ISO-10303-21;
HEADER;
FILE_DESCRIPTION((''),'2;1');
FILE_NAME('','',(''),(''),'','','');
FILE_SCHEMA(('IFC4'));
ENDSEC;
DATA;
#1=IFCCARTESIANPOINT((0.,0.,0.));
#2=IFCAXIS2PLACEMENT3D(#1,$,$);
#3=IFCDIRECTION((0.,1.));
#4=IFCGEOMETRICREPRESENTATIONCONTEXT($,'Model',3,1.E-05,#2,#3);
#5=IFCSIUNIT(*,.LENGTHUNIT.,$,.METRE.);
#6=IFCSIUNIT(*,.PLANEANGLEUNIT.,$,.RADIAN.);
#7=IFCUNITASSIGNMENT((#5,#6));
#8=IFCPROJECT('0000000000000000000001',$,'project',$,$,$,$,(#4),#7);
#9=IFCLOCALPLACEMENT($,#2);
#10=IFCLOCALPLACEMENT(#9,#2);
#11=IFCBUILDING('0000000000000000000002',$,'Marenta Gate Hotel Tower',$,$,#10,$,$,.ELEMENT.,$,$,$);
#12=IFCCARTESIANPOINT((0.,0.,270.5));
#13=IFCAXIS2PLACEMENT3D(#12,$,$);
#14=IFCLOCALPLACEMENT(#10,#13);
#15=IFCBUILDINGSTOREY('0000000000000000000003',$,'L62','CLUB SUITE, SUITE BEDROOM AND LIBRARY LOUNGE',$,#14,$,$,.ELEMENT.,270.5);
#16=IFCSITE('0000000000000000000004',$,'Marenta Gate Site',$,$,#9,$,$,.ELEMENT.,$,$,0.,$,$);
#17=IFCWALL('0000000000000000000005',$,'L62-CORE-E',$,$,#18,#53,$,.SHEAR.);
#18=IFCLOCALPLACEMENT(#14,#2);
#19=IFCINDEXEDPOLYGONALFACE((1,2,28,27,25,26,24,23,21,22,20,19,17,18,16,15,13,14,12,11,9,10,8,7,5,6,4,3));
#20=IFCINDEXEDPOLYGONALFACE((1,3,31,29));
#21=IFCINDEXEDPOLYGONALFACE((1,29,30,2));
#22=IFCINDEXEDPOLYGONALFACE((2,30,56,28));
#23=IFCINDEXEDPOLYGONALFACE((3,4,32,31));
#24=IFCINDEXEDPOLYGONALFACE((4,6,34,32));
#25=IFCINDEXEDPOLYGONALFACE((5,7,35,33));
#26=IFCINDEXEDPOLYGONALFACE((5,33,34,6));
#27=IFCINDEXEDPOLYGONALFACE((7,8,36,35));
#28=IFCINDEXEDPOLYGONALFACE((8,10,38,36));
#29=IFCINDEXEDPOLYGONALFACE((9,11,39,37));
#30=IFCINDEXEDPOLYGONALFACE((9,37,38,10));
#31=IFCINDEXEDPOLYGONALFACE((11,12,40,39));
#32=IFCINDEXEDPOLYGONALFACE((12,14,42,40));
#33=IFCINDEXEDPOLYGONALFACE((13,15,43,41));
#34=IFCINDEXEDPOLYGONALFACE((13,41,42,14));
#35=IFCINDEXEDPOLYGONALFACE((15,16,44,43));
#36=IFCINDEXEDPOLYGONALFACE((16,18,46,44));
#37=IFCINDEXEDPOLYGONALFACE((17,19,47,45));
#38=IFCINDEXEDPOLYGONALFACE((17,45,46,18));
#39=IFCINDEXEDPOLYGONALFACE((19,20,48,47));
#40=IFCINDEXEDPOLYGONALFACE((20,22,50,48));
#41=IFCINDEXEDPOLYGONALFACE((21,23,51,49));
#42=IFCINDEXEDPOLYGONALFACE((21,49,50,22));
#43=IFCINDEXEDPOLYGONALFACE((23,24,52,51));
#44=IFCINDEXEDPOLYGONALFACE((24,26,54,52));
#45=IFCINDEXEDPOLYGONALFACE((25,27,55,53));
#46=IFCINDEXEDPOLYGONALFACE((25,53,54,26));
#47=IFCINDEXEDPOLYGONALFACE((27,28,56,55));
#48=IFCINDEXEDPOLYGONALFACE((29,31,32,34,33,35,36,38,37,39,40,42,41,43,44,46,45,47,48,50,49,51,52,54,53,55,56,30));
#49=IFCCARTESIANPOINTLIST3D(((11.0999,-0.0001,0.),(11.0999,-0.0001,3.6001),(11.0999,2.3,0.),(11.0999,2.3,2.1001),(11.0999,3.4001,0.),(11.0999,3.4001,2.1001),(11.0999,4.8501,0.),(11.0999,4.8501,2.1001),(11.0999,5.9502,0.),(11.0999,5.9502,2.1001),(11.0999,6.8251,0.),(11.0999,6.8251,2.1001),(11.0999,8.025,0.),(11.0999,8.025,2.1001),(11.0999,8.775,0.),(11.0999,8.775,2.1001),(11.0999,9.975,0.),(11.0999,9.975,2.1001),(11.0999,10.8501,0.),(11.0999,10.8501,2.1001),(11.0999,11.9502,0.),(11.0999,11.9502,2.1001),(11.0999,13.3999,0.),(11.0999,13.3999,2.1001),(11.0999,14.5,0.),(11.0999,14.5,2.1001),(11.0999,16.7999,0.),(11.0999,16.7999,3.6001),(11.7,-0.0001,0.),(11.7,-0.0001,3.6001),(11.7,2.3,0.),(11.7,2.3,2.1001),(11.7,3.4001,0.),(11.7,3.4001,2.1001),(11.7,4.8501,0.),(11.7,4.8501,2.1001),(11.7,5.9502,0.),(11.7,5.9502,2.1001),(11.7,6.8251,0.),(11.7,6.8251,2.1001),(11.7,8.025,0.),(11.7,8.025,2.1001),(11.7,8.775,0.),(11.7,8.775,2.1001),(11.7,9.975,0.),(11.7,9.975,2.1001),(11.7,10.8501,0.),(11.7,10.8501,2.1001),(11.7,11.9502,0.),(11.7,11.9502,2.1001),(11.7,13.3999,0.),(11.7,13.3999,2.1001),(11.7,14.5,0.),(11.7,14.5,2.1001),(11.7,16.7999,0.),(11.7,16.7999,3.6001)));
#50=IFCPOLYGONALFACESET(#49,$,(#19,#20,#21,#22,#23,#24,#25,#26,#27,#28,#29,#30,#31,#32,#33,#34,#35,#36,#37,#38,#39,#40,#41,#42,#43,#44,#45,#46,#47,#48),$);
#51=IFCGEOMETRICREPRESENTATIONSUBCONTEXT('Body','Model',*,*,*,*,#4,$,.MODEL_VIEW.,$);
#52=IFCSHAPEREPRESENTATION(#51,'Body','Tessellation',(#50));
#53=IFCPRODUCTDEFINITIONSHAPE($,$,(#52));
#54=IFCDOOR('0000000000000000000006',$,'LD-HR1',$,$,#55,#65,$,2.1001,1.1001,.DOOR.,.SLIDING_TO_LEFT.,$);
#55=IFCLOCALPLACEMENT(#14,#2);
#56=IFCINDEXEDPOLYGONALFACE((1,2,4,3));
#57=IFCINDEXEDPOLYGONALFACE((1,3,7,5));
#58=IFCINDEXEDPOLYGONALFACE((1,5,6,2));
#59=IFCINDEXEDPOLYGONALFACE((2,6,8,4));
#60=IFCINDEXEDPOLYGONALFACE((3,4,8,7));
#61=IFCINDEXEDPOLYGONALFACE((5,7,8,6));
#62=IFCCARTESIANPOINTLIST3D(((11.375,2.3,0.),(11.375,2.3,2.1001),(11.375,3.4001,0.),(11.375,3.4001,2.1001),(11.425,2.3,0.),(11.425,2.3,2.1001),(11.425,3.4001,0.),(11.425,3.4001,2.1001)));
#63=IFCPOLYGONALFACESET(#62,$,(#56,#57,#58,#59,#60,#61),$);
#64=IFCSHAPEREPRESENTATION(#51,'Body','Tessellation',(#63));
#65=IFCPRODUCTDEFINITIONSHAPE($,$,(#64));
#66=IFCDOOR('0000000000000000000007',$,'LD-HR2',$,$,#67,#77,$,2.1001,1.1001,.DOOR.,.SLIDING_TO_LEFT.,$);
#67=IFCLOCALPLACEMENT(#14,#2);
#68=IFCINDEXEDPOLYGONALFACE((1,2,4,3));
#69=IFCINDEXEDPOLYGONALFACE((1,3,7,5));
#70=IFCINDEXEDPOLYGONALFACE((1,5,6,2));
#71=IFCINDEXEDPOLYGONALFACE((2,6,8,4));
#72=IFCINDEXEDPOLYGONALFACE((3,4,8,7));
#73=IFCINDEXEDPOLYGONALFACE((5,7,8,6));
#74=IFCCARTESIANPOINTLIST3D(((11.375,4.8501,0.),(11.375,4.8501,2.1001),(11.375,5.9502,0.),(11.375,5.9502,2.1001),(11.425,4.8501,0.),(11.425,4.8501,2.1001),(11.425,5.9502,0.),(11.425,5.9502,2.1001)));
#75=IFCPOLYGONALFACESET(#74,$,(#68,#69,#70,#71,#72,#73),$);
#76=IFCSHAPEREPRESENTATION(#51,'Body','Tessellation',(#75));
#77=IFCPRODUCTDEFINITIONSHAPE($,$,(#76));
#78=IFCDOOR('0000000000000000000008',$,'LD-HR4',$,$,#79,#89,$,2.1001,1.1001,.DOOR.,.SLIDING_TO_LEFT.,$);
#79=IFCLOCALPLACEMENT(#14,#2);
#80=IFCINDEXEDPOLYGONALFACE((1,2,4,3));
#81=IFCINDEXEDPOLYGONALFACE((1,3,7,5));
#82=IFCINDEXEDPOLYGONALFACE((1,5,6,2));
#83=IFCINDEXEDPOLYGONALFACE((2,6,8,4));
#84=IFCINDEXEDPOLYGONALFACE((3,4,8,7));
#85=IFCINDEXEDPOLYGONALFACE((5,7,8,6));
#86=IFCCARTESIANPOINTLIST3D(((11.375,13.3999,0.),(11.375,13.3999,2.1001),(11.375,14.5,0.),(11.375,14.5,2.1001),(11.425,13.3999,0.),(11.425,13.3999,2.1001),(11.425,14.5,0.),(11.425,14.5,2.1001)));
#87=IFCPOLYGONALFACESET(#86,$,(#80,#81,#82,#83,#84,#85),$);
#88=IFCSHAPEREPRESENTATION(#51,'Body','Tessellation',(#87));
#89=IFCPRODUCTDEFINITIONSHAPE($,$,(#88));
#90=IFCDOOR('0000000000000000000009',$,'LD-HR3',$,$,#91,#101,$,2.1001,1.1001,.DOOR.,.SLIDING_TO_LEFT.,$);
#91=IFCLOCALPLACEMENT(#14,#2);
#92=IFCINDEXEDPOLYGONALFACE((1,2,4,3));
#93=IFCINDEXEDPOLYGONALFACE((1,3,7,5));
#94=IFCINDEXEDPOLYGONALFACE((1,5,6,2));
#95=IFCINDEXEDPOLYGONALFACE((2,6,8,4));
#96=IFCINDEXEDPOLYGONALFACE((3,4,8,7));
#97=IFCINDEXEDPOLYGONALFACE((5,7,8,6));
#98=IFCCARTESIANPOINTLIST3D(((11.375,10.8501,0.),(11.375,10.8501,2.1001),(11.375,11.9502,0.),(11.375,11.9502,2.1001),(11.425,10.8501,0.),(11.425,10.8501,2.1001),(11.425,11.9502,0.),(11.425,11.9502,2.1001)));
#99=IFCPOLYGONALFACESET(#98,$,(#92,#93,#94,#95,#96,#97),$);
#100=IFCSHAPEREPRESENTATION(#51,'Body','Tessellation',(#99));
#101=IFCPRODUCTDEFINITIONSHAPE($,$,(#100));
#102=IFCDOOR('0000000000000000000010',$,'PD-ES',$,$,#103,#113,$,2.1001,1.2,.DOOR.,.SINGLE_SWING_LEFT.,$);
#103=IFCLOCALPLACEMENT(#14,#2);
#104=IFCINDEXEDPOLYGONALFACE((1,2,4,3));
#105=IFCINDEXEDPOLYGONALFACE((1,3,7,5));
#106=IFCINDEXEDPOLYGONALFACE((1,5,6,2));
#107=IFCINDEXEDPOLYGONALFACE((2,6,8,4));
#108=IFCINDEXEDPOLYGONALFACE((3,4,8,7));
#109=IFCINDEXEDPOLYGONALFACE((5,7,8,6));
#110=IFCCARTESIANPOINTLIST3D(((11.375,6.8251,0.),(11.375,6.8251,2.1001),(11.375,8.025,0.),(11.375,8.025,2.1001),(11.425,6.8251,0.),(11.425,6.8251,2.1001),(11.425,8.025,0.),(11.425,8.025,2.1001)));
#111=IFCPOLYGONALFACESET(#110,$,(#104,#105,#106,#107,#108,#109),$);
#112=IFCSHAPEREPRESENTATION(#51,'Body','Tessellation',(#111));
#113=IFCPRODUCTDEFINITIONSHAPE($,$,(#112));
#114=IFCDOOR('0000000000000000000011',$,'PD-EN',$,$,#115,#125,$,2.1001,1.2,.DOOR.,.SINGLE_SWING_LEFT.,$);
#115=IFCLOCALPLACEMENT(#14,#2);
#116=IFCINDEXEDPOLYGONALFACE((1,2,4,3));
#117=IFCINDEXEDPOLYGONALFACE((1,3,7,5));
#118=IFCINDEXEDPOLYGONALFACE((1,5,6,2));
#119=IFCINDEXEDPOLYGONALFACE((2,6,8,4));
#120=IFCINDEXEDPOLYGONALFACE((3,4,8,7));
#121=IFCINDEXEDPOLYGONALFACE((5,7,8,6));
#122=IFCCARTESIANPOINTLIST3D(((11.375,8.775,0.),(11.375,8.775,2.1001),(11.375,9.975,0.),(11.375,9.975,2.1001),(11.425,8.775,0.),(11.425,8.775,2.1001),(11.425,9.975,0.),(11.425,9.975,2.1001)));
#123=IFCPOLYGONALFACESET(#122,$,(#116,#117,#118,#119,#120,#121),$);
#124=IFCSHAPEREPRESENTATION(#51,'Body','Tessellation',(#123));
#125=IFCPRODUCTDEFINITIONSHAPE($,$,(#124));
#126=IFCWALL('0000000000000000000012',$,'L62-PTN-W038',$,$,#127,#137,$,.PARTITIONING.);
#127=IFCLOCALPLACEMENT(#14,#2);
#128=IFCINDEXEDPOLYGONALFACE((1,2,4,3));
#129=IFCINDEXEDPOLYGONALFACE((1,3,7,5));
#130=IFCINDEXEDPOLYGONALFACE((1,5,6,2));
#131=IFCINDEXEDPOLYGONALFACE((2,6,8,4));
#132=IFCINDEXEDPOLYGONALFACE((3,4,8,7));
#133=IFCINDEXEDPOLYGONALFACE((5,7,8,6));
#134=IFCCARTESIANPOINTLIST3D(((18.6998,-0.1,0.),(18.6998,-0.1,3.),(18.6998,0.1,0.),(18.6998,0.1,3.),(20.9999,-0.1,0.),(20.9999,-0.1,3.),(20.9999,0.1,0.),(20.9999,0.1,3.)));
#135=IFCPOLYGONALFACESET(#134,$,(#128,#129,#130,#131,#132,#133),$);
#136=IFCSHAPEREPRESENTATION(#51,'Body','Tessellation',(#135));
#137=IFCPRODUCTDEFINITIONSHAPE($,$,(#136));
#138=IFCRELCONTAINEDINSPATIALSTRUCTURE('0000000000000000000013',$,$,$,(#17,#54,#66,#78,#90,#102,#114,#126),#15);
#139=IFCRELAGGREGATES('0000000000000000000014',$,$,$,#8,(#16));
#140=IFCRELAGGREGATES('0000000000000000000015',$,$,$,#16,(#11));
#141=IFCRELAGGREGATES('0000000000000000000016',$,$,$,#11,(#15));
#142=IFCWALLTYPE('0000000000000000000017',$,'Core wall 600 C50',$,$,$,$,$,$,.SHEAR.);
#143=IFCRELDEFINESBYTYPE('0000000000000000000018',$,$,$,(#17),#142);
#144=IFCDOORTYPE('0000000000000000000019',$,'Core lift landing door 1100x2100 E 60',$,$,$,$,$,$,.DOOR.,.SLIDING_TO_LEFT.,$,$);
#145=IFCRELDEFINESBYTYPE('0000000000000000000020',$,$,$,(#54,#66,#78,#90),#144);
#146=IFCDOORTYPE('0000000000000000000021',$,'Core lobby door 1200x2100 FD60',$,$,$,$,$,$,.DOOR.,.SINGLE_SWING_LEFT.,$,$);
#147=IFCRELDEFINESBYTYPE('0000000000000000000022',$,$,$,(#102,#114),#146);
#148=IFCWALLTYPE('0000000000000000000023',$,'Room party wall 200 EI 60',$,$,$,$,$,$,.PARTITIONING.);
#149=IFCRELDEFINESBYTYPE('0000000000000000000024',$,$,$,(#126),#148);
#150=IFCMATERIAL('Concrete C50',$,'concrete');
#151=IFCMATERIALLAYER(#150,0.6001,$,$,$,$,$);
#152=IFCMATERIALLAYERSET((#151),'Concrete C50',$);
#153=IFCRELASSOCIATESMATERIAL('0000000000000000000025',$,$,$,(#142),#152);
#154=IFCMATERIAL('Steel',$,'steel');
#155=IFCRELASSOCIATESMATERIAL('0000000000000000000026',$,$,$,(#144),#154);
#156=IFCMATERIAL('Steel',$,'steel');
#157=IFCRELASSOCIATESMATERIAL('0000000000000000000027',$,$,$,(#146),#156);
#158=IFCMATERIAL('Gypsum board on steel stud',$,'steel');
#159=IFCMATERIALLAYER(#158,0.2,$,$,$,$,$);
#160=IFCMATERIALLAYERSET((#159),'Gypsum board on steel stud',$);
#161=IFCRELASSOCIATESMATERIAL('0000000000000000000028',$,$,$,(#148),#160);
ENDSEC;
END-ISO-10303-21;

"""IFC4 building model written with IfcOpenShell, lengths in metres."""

from ifc_helpers import new_model, si_unit, direction, frame, frame_2d, origin, place, context, subcontext, project, spatial, rectangle, extrude, material, layer, layer_set, type_object, element, fill, save


model = new_model("IFC4")

# Units and contexts
model_context = context("Model", 3, precision=1e-05, world=origin(), true_north=direction((0.0, 1.0)))
body_context = subcontext(model_context, "Body", "Model", "MODEL_VIEW")
ifc_project = project(units=[si_unit("LENGTHUNIT", "METRE"), si_unit("PLANEANGLEUNIT", "RADIAN")], contexts=[model_context])

# Site, building, storey
site_placement = place(None, origin())
site = spatial("IfcSite", under=ifc_project, at=site_placement, Name="Marenta Gate Site", CompositionType="ELEMENT", RefElevation=0.0)
building_placement = place(site_placement, origin())
building = spatial("IfcBuilding", under=site, at=building_placement, Name="Marenta Gate Hotel Tower", CompositionType="ELEMENT")
storey_placement = place(building_placement, frame((0.0, 0.0, 270.5)))
storey = spatial("IfcBuildingStorey", under=building, at=storey_placement, Name="L62", Description="CLUB SUITE, SUITE BEDROOM AND LIBRARY LOUNGE", CompositionType="ELEMENT", Elevation=270.5)

# Wall, openings, doors
ifc_material_1 = material(Name="Concrete C50", Category="concrete")
ifc_layer_1 = layer(ifc_material_1, 0.6001)
ifc_layer_set_1 = layer_set([ifc_layer_1], Name="Concrete C50")
wall_type_1 = type_object("IfcWallType", Name="Core wall 600 C50", PredefinedType="SHEAR", material=ifc_layer_set_1)
wall_1_placement = place(storey_placement, frame((11.3999, 0.0, 0.0), z_axis=(0.0, 0.0, 1.0), x_axis=(0.0, 1.0, 0.0)))
wall_1 = element("IfcWall", 1, at=wall_1_placement, inside=storey, type_object=wall_type_1, Name="L62-CORE-E", PredefinedType="SHEAR", context=body_context, shape_type="SweptSolid", body=[
    extrude(rectangle(XDim=16.8, YDim=0.6001, at=frame_2d((8.3999, 0.0))), origin(), (0.0, 0.0, 1.0), 3.6001),
])
opening_1_placement = place(wall_1_placement, frame((2.3, 0.0, 0.0)))
opening_1 = element("IfcOpeningElement", 2, at=opening_1_placement, cuts=wall_1, PredefinedType="OPENING", context=body_context, shape_type="SweptSolid", body=[
    extrude(rectangle(XDim=1.1001, YDim=2.1001, at=frame_2d((0.55, 1.05))), frame((0.0, 0.3, 0.0), z_axis=(0.0, -1.0, 0.0), x_axis=(1.0, 0.0, 0.0)), (0.0, 0.0, 1.0), 0.6001),
])
opening_2_placement = place(wall_1_placement, frame((4.8501, 0.0, 0.0)))
opening_2 = element("IfcOpeningElement", 3, at=opening_2_placement, cuts=wall_1, PredefinedType="OPENING", context=body_context, shape_type="SweptSolid", body=[
    extrude(rectangle(XDim=1.1001, YDim=2.1001, at=frame_2d((0.55, 1.05))), frame((0.0, 0.3, 0.0), z_axis=(0.0, -1.0, 0.0), x_axis=(1.0, 0.0, 0.0)), (0.0, 0.0, 1.0), 0.6001),
])
opening_3_placement = place(wall_1_placement, frame((6.825, 0.0, 0.0)))
opening_3 = element("IfcOpeningElement", 4, at=opening_3_placement, cuts=wall_1, PredefinedType="OPENING", context=body_context, shape_type="SweptSolid", body=[
    extrude(rectangle(XDim=1.2, YDim=2.1001, at=frame_2d((0.6001, 1.05))), frame((0.0, 0.3, 0.0), z_axis=(0.0, -1.0, 0.0), x_axis=(1.0, 0.0, 0.0)), (0.0, 0.0, 1.0), 0.6001),
])
opening_4_placement = place(wall_1_placement, frame((13.3999, 0.0, 0.0)))
opening_4 = element("IfcOpeningElement", 5, at=opening_4_placement, cuts=wall_1, PredefinedType="OPENING", context=body_context, shape_type="SweptSolid", body=[
    extrude(rectangle(XDim=1.1001, YDim=2.1001, at=frame_2d((0.55, 1.05))), frame((0.0, 0.3, 0.0), z_axis=(0.0, -1.0, 0.0), x_axis=(1.0, 0.0, 0.0)), (0.0, 0.0, 1.0), 0.6001),
])
opening_5_placement = place(wall_1_placement, frame((10.8501, 0.0, 0.0)))
opening_5 = element("IfcOpeningElement", 6, at=opening_5_placement, cuts=wall_1, PredefinedType="OPENING", context=body_context, shape_type="SweptSolid", body=[
    extrude(rectangle(XDim=1.1001, YDim=2.1001, at=frame_2d((0.55, 1.05))), frame((0.0, 0.3, 0.0), z_axis=(0.0, -1.0, 0.0), x_axis=(1.0, 0.0, 0.0)), (0.0, 0.0, 1.0), 0.6001),
])
opening_6_placement = place(wall_1_placement, frame((8.7749, 0.0, 0.0)))
opening_6 = element("IfcOpeningElement", 7, at=opening_6_placement, cuts=wall_1, PredefinedType="OPENING", context=body_context, shape_type="SweptSolid", body=[
    extrude(rectangle(XDim=1.2, YDim=2.1001, at=frame_2d((0.6001, 1.05))), frame((0.0, 0.3, 0.0), z_axis=(0.0, -1.0, 0.0), x_axis=(1.0, 0.0, 0.0)), (0.0, 0.0, 1.0), 0.6001),
])
ifc_material_2 = material(Name="Steel", Category="steel")
door_type_1 = type_object("IfcDoorType", Name="Core lift landing door 1100x2100 E 60", OperationType="SLIDING_TO_LEFT", PredefinedType="DOOR", material=ifc_material_2)
door_1_placement = place(opening_1_placement, origin())
door_1 = element("IfcDoor", 8, at=door_1_placement, inside=storey, type_object=door_type_1, Name="LD-HR1", OperationType="SLIDING_TO_LEFT", OverallHeight=2.1001, OverallWidth=1.1001, PredefinedType="DOOR", context=body_context, shape_type="SweptSolid", body=[
    extrude(rectangle(XDim=1.1001, YDim=2.1001, at=frame_2d((0.55, 1.05))), frame((0.0, 0.0249, 0.0), z_axis=(0.0, -1.0, 0.0), x_axis=(1.0, 0.0, 0.0)), (0.0, 0.0, 1.0), 0.05),
])
fill(opening_1, door_1)
door_2_placement = place(opening_2_placement, origin())
door_2 = element("IfcDoor", 9, at=door_2_placement, inside=storey, type_object=door_type_1, Name="LD-HR2", OperationType="SLIDING_TO_LEFT", OverallHeight=2.1001, OverallWidth=1.1001, PredefinedType="DOOR", context=body_context, shape_type="SweptSolid", body=[
    extrude(rectangle(XDim=1.1001, YDim=2.1001, at=frame_2d((0.55, 1.05))), frame((0.0, 0.0249, 0.0), z_axis=(0.0, -1.0, 0.0), x_axis=(1.0, 0.0, 0.0)), (0.0, 0.0, 1.0), 0.05),
])
fill(opening_2, door_2)
door_3_placement = place(opening_4_placement, origin())
door_3 = element("IfcDoor", 10, at=door_3_placement, inside=storey, type_object=door_type_1, Name="LD-HR4", OperationType="SLIDING_TO_LEFT", OverallHeight=2.1001, OverallWidth=1.1001, PredefinedType="DOOR", context=body_context, shape_type="SweptSolid", body=[
    extrude(rectangle(XDim=1.1001, YDim=2.1001, at=frame_2d((0.55, 1.05))), frame((0.0, 0.0249, 0.0), z_axis=(0.0, -1.0, 0.0), x_axis=(1.0, 0.0, 0.0)), (0.0, 0.0, 1.0), 0.05),
])
fill(opening_4, door_3)
door_4_placement = place(opening_5_placement, origin())
door_4 = element("IfcDoor", 11, at=door_4_placement, inside=storey, type_object=door_type_1, Name="LD-HR3", OperationType="SLIDING_TO_LEFT", OverallHeight=2.1001, OverallWidth=1.1001, PredefinedType="DOOR", context=body_context, shape_type="SweptSolid", body=[
    extrude(rectangle(XDim=1.1001, YDim=2.1001, at=frame_2d((0.55, 1.05))), frame((0.0, 0.0249, 0.0), z_axis=(0.0, -1.0, 0.0), x_axis=(1.0, 0.0, 0.0)), (0.0, 0.0, 1.0), 0.05),
])
fill(opening_5, door_4)
ifc_material_3 = material(Name="Steel", Category="steel")
door_type_2 = type_object("IfcDoorType", Name="Core lobby door 1200x2100 FD60", OperationType="SINGLE_SWING_LEFT", PredefinedType="DOOR", material=ifc_material_3)
door_5_placement = place(opening_3_placement, origin())
door_5 = element("IfcDoor", 12, at=door_5_placement, inside=storey, type_object=door_type_2, Name="PD-ES", OperationType="SINGLE_SWING_LEFT", OverallHeight=2.1001, OverallWidth=1.2, PredefinedType="DOOR", context=body_context, shape_type="SweptSolid", body=[
    extrude(rectangle(XDim=1.2, YDim=2.1001, at=frame_2d((0.6001, 1.05))), frame((0.0, 0.0249, 0.0), z_axis=(0.0, -1.0, 0.0), x_axis=(1.0, 0.0, 0.0)), (0.0, 0.0, 1.0), 0.05),
])
fill(opening_3, door_5)
door_6_placement = place(opening_6_placement, origin())
door_6 = element("IfcDoor", 13, at=door_6_placement, inside=storey, type_object=door_type_2, Name="PD-EN", OperationType="SINGLE_SWING_LEFT", OverallHeight=2.1001, OverallWidth=1.2, PredefinedType="DOOR", context=body_context, shape_type="SweptSolid", body=[
    extrude(rectangle(XDim=1.2, YDim=2.1001, at=frame_2d((0.6001, 1.05))), frame((0.0, 0.0249, 0.0), z_axis=(0.0, -1.0, 0.0), x_axis=(1.0, 0.0, 0.0)), (0.0, 0.0, 1.0), 0.05),
])
fill(opening_6, door_6)

# Wall
ifc_material_4 = material(Name="Gypsum board on steel stud", Category="steel")
ifc_layer_2 = layer(ifc_material_4, 0.2)
ifc_layer_set_2 = layer_set([ifc_layer_2], Name="Gypsum board on steel stud")
wall_type_2 = type_object("IfcWallType", Name="Room party wall 200 EI 60", PredefinedType="PARTITIONING", material=ifc_layer_set_2)
wall_2_placement = place(storey_placement, frame((18.7, 0.0, 0.0), z_axis=(0.0, 0.0, 1.0), x_axis=(1.0, 0.0, 0.0)))
element("IfcWall", 14, at=wall_2_placement, inside=storey, type_object=wall_type_2, Name="L62-PTN-W038", PredefinedType="PARTITIONING", context=body_context, shape_type="SweptSolid", body=[
    extrude(rectangle(XDim=2.3, YDim=0.2, at=frame_2d((1.1499, 0.0))), origin(), (0.0, 0.0, 1.0), 3.0),
])

save(model, "model.ifc")
